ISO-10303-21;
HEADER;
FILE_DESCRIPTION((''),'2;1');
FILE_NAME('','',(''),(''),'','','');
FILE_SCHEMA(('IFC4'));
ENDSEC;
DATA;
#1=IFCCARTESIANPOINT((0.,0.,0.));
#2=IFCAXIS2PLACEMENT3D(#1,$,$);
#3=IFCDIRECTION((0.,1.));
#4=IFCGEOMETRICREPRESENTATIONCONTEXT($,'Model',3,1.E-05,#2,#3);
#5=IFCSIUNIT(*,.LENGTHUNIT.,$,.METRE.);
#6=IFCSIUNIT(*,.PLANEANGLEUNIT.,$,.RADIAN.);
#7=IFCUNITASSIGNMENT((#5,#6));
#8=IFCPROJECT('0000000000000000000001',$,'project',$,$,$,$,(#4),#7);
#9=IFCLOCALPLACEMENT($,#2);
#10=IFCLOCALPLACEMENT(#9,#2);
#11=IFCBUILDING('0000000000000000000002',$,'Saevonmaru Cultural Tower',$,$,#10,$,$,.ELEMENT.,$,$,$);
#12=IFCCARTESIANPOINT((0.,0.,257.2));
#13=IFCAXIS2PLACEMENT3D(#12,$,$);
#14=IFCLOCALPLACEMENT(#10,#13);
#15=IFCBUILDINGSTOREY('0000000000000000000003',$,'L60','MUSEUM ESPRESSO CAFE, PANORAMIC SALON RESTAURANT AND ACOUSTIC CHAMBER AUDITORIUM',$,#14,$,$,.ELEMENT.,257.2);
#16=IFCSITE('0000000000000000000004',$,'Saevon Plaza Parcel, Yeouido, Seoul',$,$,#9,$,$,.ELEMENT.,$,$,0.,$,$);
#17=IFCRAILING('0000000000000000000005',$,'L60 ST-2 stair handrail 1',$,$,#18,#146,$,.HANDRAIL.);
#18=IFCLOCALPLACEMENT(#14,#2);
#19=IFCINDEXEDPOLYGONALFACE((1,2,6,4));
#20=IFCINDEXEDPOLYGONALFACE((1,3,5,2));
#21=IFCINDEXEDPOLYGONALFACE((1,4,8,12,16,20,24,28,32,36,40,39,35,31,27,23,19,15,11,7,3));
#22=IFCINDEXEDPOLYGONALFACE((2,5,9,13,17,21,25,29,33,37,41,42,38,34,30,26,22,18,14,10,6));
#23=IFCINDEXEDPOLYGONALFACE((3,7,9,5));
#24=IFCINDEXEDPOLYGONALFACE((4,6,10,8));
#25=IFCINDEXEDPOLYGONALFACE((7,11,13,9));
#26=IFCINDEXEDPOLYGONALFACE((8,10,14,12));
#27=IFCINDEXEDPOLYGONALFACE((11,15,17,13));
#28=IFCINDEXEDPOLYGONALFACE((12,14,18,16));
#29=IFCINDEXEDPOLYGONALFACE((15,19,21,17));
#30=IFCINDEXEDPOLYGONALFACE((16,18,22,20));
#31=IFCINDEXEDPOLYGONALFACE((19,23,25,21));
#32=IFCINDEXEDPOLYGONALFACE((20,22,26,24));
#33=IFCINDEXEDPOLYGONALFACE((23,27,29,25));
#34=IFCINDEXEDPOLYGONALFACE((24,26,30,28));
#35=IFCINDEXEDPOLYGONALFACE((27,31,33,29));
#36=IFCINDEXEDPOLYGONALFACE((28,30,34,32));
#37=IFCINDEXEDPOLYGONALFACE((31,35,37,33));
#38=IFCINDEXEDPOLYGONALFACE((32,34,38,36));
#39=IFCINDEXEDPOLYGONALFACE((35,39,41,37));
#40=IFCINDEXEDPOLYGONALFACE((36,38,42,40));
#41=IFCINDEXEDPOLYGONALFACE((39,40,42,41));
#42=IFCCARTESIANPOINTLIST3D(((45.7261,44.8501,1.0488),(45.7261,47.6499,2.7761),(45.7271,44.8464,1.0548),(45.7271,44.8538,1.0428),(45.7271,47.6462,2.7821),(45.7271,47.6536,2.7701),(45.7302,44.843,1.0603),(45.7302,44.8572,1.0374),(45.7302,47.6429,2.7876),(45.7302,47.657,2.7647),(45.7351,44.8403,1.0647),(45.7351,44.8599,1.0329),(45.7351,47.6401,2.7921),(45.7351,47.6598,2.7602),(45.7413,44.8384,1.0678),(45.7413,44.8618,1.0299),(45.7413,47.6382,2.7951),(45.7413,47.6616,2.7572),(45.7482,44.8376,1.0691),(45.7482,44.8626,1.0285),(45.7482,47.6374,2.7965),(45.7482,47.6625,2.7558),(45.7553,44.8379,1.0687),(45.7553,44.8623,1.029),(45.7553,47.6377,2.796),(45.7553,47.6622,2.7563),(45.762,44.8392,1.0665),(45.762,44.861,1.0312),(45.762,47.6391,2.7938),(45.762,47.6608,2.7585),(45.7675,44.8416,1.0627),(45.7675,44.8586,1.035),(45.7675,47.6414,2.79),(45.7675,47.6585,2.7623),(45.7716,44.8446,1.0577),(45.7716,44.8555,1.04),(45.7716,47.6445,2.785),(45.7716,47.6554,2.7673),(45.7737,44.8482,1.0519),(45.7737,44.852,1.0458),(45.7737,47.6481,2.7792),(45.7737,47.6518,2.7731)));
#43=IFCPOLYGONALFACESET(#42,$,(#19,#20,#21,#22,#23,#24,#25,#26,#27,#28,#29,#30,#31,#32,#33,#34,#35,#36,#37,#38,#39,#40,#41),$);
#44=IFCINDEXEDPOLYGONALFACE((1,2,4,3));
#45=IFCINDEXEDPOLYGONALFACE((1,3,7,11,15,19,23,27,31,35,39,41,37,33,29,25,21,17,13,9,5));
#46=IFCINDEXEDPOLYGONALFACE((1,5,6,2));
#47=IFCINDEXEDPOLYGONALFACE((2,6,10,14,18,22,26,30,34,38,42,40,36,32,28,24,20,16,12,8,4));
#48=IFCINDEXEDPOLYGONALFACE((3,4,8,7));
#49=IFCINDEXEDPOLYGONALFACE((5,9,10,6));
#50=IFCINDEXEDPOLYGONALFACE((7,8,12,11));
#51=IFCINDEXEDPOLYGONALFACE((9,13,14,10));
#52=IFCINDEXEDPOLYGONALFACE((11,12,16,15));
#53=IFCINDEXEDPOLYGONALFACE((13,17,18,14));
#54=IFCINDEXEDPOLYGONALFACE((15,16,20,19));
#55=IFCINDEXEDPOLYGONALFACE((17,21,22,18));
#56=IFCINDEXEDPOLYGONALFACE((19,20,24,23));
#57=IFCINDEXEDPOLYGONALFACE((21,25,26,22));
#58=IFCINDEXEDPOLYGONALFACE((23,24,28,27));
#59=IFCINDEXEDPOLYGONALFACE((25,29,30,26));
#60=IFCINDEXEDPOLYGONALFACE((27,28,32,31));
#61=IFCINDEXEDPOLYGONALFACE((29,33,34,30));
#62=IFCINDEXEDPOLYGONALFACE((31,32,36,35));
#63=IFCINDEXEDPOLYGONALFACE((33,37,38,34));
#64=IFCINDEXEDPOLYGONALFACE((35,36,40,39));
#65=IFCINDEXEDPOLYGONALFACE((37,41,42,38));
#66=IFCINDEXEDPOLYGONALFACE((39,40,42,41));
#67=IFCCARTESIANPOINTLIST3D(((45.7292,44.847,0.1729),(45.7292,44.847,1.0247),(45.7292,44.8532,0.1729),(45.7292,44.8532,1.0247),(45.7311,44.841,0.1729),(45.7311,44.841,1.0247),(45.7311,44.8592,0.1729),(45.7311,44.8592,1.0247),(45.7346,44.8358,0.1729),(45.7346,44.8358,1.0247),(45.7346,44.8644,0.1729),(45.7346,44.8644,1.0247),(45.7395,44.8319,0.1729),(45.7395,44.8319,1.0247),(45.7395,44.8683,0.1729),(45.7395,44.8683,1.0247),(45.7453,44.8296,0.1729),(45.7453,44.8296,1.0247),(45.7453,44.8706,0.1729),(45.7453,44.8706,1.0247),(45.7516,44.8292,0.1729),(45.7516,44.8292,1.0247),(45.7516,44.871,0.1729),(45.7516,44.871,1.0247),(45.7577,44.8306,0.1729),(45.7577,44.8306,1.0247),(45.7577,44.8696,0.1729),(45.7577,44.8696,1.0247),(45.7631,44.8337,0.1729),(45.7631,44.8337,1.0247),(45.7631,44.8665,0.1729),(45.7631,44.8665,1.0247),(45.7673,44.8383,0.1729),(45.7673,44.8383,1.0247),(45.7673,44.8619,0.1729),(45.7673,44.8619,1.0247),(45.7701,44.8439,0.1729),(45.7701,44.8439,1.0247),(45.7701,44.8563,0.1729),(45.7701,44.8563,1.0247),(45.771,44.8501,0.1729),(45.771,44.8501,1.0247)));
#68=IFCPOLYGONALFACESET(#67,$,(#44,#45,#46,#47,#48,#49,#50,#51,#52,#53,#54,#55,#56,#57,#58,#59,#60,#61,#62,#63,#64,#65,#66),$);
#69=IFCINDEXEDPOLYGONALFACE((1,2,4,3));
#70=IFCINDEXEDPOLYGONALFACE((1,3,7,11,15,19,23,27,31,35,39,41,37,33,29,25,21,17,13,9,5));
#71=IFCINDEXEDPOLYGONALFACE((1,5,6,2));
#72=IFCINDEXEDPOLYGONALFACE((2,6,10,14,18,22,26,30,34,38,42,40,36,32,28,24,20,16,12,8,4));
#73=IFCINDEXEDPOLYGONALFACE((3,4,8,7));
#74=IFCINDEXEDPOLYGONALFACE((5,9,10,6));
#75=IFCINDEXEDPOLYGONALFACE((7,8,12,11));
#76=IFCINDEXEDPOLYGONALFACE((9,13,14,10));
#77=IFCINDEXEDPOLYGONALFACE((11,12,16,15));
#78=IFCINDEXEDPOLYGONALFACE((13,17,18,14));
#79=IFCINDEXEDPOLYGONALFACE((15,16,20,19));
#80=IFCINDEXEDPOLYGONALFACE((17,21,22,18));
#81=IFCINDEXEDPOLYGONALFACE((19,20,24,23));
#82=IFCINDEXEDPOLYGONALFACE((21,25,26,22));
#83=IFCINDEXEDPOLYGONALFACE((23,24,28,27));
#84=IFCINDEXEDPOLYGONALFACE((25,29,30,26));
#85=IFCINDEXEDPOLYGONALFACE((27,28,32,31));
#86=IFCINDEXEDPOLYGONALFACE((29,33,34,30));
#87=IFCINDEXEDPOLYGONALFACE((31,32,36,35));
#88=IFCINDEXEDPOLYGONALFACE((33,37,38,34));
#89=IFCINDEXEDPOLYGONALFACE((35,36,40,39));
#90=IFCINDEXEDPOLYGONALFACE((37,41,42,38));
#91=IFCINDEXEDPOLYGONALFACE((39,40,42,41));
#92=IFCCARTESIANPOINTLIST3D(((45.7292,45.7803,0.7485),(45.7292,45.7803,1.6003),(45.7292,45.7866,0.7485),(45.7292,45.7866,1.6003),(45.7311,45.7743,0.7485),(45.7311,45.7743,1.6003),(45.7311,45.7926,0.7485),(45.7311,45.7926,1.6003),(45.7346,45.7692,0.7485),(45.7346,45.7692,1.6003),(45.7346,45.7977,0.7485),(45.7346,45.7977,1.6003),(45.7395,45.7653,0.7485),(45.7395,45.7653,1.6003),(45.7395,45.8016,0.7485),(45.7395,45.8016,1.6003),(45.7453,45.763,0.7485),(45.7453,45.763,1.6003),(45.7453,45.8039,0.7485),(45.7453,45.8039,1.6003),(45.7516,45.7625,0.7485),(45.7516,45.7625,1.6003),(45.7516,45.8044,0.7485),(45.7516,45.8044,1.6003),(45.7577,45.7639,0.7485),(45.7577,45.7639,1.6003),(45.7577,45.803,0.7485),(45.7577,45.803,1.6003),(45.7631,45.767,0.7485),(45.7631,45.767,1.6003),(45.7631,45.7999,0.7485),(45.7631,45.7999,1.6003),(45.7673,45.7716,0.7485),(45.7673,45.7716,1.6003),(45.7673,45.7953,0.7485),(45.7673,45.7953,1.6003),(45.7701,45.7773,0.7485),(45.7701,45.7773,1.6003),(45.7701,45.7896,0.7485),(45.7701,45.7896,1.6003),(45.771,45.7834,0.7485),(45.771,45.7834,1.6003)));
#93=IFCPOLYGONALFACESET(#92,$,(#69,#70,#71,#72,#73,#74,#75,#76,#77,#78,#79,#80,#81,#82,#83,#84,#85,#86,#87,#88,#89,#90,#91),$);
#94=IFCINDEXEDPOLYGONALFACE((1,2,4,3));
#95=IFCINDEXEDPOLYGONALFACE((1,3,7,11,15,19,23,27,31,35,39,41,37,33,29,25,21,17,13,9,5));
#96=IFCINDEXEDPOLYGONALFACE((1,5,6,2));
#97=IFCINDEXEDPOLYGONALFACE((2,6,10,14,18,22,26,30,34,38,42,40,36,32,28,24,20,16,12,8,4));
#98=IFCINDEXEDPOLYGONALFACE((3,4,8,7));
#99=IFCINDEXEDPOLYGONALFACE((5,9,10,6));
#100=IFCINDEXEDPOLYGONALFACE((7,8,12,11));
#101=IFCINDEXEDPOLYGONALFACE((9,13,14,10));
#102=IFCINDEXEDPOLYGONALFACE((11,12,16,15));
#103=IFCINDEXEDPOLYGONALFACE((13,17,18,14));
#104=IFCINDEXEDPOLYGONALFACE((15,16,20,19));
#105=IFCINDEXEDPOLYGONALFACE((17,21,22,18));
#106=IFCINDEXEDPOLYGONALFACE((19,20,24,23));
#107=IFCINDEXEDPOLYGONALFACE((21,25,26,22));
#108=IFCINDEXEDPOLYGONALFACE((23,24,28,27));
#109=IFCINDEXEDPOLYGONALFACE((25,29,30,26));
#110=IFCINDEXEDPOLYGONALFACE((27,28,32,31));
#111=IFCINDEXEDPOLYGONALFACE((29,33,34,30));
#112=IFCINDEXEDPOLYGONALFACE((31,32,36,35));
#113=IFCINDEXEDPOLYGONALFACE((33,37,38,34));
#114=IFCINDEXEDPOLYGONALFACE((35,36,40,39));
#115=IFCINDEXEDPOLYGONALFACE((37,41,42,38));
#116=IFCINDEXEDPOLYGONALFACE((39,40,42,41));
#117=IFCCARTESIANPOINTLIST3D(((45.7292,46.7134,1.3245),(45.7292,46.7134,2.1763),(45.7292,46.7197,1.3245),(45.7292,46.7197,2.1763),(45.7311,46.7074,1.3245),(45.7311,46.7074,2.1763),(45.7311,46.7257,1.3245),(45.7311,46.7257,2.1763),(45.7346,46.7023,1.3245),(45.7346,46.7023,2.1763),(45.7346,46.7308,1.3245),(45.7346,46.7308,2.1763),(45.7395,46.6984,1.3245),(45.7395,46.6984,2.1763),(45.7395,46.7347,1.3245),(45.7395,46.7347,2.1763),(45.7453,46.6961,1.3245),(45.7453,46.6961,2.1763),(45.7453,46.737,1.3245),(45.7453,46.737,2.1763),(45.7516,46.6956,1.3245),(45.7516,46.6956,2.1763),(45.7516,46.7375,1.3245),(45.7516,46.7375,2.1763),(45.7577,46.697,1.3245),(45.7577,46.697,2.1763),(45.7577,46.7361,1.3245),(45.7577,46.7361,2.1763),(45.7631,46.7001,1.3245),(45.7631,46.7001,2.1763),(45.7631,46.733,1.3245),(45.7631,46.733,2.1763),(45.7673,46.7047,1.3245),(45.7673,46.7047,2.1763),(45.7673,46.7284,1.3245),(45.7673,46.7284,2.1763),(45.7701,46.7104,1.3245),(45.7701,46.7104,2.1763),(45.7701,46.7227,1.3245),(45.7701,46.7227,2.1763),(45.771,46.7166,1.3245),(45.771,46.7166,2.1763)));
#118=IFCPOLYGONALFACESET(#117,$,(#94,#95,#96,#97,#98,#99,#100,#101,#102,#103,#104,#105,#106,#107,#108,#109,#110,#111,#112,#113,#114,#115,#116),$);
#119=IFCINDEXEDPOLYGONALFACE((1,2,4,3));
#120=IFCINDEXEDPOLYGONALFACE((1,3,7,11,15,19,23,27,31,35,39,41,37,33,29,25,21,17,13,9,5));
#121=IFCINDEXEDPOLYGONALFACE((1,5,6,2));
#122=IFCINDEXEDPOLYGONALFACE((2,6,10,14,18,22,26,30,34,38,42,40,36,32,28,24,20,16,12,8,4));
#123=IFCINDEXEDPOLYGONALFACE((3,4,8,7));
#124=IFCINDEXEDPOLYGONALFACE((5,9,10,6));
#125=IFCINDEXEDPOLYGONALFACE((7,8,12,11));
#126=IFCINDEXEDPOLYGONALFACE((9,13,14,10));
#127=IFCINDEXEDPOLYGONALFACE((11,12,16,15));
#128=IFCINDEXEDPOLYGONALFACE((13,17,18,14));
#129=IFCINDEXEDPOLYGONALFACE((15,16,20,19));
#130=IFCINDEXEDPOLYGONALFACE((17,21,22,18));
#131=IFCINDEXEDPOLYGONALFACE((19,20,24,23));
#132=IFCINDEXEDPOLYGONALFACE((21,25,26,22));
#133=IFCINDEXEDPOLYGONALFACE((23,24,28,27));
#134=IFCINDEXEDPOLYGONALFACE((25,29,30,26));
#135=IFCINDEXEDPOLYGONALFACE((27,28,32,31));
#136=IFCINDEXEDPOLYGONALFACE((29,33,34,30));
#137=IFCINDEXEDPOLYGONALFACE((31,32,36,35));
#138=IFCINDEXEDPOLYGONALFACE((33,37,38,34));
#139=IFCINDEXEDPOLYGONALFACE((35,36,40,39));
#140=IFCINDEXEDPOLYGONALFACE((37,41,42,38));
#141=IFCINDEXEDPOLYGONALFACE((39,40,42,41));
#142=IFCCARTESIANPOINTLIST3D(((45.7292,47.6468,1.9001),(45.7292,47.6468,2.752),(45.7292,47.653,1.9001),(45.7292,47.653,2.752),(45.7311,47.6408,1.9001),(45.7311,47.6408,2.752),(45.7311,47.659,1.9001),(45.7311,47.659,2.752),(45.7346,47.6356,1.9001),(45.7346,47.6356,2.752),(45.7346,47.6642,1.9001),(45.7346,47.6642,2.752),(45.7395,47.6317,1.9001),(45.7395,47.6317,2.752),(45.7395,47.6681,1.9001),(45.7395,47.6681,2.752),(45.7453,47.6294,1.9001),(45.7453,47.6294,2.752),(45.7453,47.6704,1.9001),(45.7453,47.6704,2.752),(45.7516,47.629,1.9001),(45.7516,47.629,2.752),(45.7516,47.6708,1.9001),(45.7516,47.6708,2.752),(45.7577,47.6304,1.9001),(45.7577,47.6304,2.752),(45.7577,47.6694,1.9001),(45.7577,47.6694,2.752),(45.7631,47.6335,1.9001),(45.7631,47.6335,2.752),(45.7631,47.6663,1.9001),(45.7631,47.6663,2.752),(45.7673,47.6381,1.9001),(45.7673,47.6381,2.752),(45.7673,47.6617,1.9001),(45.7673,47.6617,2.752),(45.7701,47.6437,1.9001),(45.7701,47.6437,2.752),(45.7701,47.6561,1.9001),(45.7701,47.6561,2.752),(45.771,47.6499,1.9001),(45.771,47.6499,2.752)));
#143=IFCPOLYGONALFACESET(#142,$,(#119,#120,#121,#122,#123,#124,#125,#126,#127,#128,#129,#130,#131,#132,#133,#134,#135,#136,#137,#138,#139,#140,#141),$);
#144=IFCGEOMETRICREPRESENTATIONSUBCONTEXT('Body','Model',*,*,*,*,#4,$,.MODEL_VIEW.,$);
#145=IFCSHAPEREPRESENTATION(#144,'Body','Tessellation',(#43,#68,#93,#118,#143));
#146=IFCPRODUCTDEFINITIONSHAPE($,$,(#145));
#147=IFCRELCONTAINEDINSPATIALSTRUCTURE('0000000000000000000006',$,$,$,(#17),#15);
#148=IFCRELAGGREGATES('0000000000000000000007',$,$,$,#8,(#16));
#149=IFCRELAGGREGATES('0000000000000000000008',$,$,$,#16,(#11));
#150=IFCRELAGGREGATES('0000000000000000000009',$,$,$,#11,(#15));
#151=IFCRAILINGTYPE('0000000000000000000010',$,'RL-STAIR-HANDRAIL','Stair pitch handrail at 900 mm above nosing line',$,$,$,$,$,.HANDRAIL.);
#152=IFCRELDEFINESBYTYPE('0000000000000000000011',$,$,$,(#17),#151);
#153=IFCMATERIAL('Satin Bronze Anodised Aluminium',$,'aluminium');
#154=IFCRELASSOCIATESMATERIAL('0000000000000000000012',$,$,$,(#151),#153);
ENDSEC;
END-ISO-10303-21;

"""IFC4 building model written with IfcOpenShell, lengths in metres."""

from ifc_helpers import new_model, si_unit, direction, frame, origin, origin_2d, place, context, subcontext, project, spatial, circle, extrude, material, type_object, element, save


model = new_model("IFC4")

# Units and contexts
model_context = context("Model", 3, precision=1e-05, world=origin(), true_north=direction((0.0, 1.0)))
body_context = subcontext(model_context, "Body", "Model", "MODEL_VIEW")
ifc_project = project(units=[si_unit("LENGTHUNIT", "METRE"), si_unit("PLANEANGLEUNIT", "RADIAN")], contexts=[model_context])

# Site, building, storey
site_placement = place(None, origin())
site = spatial("IfcSite", under=ifc_project, at=site_placement, Name="Saevon Plaza Parcel, Yeouido, Seoul", CompositionType="ELEMENT", RefElevation=0.0)
building_placement = place(site_placement, origin())
building = spatial("IfcBuilding", under=site, at=building_placement, Name="Saevonmaru Cultural Tower", CompositionType="ELEMENT")
storey_placement = place(building_placement, frame((0.0, 0.0, 257.2)))
storey = spatial("IfcBuildingStorey", under=building, at=storey_placement, Name="L60", Description="MUSEUM ESPRESSO CAFE, PANORAMIC SALON RESTAURANT AND ACOUSTIC CHAMBER AUDITORIUM", CompositionType="ELEMENT", Elevation=257.2)

# Shared definitions
ifc_material_1 = material(Name="Satin Bronze Anodised Aluminium", Category="aluminium")

# Railing
railing_type_1 = type_object("IfcRailingType", Name="RL-STAIR-HANDRAIL", Description="Stair pitch handrail at 900 mm above nosing line", PredefinedType="HANDRAIL", material=ifc_material_1)
railing_1_placement = place(storey_placement, frame((45.75, 44.8501, 0.1729)))
element("IfcRailing", 1, at=railing_1_placement, inside=storey, type_object=railing_type_1, Name="L60 ST-2 stair handrail 1", PredefinedType="HANDRAIL", context=body_context, shape_type="SweptSolid", body=[
    extrude(circle(Radius=0.0239, at=origin_2d()), frame((0.0, 0.0, 0.876), z_axis=(0.0, 0.851069, 0.525054), x_axis=(-1.0, 0.0, 0.0)), (0.0, 0.0, 1.0), 3.2898),
    extrude(circle(Radius=0.021, at=origin_2d()), origin(), (0.0, 0.0, 1.0), 0.8518),
    extrude(circle(Radius=0.021, at=origin_2d()), frame((0.0, 0.9333, 0.5757)), (0.0, 0.0, 1.0), 0.8518),
    extrude(circle(Radius=0.021, at=origin_2d()), frame((0.0, 1.8665, 1.1516)), (0.0, 0.0, 1.0), 0.8518),
    extrude(circle(Radius=0.021, at=origin_2d()), frame((0.0, 2.7998, 1.7273)), (0.0, 0.0, 1.0), 0.8518),
])

save(model, "model.ifc")
